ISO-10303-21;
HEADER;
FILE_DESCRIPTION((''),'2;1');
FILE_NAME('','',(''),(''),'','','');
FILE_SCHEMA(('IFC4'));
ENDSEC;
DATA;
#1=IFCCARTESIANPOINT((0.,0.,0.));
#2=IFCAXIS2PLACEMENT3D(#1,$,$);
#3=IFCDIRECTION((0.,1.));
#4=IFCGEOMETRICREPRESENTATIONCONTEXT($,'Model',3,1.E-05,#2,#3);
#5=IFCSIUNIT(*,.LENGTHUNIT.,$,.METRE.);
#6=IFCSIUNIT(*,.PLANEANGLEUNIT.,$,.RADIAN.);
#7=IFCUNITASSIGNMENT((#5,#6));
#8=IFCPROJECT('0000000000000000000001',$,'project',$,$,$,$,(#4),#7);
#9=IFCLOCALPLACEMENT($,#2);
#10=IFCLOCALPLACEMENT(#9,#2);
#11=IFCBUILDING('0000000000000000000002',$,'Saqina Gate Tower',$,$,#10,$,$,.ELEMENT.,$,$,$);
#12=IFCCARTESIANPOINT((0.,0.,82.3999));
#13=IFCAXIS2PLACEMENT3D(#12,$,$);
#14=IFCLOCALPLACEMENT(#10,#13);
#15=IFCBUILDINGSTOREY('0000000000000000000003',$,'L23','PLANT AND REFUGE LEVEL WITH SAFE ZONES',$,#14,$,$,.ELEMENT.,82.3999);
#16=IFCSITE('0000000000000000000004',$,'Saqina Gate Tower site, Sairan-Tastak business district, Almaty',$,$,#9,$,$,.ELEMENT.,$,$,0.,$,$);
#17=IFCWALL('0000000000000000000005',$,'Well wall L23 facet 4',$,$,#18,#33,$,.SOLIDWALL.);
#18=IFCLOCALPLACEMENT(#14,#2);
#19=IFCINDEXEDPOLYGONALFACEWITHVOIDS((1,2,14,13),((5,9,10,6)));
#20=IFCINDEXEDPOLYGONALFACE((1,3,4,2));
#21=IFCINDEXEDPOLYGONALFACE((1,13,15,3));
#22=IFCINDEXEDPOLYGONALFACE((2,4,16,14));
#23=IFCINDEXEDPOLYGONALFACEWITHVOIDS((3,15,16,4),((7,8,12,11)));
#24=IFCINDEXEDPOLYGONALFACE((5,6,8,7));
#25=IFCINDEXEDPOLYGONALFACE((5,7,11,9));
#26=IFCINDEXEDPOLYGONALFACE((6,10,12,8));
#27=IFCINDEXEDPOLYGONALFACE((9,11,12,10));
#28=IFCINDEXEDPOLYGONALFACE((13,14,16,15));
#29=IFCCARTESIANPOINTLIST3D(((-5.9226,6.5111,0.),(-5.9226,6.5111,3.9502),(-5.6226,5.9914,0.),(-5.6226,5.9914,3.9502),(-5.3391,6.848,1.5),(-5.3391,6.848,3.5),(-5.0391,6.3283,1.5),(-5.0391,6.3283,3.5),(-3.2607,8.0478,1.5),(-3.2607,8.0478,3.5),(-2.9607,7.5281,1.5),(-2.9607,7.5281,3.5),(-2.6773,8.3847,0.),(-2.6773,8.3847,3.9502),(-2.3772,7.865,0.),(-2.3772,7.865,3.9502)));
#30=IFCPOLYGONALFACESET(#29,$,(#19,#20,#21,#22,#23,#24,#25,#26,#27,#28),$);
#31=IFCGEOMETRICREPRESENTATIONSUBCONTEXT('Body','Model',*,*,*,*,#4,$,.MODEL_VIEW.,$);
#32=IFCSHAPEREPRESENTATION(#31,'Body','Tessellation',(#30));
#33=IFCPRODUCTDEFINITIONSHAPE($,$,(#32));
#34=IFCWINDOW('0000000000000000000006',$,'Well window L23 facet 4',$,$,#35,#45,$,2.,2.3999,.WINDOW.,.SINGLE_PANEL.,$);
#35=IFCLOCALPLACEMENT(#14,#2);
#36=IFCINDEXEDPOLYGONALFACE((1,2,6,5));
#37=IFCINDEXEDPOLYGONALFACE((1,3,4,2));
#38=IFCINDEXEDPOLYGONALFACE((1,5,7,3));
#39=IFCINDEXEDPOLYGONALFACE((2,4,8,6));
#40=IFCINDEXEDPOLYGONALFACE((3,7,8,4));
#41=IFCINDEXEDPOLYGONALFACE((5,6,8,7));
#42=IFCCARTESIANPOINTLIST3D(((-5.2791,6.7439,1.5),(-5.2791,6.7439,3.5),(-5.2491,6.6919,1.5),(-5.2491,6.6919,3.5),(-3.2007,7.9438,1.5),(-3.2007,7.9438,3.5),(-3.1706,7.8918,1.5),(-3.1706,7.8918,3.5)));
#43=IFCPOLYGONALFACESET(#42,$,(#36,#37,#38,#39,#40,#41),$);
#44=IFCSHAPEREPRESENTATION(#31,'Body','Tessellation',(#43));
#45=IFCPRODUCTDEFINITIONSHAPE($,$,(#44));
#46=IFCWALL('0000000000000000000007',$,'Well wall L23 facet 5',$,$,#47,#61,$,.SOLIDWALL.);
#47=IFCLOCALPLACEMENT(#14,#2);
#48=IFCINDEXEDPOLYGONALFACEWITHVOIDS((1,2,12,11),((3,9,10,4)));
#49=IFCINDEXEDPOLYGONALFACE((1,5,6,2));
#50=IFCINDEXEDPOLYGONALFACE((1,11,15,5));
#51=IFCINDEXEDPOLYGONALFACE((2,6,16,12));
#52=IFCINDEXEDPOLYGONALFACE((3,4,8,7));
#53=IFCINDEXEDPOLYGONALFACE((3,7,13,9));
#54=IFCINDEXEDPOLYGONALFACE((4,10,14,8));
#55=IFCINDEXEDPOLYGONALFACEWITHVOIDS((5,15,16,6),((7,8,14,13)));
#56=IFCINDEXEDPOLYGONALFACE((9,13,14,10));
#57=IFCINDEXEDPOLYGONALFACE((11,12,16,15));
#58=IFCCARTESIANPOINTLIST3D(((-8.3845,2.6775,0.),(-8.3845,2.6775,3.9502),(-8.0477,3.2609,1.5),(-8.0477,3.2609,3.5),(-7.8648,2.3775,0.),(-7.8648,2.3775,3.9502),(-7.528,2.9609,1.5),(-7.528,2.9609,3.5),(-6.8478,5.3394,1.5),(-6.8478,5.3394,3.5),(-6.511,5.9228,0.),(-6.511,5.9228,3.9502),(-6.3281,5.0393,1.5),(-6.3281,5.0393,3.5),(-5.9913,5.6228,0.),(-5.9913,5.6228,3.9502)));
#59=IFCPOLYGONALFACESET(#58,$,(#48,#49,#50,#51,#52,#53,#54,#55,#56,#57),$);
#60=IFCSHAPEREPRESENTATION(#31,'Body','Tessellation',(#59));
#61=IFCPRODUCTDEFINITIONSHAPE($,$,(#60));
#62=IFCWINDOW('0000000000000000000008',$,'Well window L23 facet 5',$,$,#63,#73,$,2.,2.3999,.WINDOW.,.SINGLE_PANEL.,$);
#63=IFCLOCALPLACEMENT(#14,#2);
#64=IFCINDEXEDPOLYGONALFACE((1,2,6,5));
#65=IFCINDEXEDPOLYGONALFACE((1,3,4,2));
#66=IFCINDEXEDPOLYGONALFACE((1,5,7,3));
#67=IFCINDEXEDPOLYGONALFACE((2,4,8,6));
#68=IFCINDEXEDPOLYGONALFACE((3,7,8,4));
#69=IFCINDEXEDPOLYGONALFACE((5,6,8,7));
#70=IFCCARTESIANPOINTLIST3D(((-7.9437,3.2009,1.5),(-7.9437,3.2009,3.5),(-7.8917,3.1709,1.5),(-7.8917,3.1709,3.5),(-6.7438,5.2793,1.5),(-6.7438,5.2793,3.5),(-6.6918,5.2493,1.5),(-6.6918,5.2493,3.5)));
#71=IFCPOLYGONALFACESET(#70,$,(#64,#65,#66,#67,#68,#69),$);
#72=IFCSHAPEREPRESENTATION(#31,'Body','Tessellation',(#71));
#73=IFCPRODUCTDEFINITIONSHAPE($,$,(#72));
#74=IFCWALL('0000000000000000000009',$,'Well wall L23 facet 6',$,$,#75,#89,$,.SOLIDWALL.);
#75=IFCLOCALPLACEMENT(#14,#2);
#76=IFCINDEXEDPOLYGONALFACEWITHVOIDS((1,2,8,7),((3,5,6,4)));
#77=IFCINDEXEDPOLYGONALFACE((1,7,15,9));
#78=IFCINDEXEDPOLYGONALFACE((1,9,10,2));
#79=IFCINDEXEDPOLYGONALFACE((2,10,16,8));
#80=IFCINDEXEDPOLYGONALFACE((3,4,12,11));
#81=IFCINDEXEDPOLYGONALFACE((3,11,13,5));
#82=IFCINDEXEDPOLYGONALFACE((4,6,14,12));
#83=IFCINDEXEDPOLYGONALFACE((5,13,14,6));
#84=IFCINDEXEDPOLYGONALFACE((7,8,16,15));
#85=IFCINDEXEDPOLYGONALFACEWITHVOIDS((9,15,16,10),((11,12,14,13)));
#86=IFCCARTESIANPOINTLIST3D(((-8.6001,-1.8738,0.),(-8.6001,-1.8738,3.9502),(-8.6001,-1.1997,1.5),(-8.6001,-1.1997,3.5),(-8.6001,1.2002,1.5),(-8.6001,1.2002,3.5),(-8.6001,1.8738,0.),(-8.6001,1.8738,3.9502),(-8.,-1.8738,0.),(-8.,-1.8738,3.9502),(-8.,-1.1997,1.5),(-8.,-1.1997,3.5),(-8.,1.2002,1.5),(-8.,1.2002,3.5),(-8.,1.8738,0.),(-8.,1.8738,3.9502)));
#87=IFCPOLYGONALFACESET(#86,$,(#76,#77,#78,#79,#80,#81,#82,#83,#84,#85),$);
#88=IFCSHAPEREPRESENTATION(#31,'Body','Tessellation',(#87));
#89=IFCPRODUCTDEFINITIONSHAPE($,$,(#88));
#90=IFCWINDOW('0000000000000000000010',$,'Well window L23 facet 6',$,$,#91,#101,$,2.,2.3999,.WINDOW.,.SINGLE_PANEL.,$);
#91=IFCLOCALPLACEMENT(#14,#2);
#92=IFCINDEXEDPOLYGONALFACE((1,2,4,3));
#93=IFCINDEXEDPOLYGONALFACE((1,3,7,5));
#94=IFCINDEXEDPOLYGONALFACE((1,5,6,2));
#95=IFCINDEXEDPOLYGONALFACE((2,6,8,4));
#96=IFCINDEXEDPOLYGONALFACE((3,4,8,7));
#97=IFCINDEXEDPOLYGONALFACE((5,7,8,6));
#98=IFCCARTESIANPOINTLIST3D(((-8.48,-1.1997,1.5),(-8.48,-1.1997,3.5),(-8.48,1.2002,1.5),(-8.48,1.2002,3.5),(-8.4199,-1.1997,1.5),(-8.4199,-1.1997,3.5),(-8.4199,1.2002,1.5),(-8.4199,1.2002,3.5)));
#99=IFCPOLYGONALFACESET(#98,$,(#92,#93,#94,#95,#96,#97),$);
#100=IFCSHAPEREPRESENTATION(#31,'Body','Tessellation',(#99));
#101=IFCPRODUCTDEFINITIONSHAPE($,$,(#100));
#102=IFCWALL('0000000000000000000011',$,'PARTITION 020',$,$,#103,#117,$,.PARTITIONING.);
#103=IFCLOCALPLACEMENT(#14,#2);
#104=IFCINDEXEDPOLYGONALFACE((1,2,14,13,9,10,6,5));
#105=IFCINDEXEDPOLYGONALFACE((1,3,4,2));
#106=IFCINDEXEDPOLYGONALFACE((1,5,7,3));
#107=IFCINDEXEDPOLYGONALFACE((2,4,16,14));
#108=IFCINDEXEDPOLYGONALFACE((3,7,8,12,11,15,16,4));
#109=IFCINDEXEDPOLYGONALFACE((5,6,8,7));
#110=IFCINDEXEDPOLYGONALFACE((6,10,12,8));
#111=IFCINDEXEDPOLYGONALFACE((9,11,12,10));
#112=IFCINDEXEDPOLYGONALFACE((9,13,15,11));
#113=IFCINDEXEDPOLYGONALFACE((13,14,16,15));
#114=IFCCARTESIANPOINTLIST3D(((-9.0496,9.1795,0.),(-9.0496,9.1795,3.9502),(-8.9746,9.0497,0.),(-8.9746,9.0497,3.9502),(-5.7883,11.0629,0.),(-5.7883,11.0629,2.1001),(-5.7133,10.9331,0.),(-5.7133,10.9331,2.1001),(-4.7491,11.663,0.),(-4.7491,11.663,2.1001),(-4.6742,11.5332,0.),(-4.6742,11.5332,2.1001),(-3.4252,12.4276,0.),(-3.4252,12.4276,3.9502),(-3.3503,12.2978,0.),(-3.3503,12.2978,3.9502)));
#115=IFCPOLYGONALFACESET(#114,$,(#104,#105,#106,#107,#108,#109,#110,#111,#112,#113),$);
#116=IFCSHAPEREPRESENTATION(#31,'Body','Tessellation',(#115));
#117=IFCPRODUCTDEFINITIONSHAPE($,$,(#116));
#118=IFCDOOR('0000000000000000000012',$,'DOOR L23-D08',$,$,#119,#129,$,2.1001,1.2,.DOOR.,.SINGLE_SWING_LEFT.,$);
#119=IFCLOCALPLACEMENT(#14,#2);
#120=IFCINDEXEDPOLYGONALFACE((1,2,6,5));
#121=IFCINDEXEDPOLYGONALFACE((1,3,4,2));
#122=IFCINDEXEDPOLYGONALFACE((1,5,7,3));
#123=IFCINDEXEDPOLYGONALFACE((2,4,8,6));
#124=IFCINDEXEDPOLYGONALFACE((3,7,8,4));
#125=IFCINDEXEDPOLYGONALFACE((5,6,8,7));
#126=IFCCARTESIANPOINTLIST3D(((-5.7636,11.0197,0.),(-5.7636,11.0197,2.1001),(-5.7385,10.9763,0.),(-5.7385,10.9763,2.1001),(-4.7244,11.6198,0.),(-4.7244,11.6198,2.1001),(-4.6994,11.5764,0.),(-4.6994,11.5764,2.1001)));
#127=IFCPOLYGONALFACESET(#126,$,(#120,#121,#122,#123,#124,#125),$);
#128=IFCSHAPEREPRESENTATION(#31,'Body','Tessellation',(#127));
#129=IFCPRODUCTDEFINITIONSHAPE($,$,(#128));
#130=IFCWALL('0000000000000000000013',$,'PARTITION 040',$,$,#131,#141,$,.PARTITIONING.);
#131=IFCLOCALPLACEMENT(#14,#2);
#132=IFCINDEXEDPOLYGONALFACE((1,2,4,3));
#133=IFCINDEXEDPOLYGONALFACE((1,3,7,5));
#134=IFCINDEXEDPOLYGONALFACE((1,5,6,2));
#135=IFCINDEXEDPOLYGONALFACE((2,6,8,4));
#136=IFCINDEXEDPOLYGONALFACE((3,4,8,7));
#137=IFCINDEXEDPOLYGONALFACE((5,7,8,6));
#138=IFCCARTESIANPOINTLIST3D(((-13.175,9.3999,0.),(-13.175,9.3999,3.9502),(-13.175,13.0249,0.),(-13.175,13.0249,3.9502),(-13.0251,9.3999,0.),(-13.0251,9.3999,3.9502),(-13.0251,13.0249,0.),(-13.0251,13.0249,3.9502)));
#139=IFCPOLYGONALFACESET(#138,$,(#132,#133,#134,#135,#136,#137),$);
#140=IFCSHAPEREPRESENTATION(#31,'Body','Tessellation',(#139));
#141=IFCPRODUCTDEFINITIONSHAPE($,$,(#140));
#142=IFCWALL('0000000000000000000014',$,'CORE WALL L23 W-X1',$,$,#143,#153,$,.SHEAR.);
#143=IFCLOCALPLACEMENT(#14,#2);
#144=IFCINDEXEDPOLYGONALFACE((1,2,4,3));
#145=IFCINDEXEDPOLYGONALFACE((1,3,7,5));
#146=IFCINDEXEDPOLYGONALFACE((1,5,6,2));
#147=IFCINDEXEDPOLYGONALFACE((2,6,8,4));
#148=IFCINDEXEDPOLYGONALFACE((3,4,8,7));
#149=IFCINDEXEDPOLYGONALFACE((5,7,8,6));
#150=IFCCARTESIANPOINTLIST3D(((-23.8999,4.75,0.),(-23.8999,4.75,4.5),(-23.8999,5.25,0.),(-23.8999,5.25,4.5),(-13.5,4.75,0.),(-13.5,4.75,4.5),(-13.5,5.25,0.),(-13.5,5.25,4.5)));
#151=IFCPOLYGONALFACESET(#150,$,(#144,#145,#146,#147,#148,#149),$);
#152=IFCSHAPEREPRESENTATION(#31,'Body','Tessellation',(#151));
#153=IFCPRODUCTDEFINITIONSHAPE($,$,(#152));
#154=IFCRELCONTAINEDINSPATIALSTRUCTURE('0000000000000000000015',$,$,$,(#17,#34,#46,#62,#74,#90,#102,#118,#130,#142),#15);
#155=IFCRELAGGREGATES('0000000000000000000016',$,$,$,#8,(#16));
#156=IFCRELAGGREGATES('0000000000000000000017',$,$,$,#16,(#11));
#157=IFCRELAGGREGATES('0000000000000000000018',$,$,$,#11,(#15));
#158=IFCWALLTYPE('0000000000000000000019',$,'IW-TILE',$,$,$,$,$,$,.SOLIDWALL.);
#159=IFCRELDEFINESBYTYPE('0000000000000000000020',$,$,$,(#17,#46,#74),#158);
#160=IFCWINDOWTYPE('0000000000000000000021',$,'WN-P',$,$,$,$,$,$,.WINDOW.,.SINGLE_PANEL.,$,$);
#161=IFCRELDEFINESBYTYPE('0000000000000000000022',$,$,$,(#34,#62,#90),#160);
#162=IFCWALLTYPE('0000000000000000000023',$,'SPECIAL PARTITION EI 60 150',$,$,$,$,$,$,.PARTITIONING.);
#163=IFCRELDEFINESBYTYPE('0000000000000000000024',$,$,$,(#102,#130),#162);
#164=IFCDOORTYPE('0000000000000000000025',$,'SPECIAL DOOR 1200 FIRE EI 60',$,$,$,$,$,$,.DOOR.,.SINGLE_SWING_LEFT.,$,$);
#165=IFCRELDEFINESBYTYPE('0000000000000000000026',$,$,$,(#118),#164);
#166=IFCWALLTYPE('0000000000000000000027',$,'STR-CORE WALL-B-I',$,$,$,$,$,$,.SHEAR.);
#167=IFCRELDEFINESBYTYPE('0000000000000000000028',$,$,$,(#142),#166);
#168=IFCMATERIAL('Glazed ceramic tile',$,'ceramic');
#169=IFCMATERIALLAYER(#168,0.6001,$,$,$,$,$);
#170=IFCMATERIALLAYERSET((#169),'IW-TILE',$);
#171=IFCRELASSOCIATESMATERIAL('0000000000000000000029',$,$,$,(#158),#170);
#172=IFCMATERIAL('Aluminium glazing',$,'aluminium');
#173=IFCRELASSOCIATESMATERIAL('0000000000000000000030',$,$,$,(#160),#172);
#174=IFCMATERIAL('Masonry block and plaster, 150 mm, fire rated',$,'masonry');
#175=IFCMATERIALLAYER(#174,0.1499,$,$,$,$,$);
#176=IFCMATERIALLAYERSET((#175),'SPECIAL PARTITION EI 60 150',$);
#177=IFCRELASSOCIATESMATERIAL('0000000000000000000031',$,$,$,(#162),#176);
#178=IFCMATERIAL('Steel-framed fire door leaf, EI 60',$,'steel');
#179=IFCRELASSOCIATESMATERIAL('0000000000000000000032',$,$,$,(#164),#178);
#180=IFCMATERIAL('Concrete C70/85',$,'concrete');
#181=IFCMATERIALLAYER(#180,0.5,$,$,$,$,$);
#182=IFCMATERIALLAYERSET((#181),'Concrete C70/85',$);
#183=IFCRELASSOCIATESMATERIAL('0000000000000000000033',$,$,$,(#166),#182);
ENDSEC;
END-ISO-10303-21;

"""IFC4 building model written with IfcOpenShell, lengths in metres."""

from ifc_helpers import new_model, si_unit, direction, frame, frame_2d, origin, place, context, subcontext, project, spatial, rectangle, extrude, material, layer, layer_set, type_object, element, fill, save


model = new_model("IFC4")

# Units and contexts
model_context = context("Model", 3, precision=1e-05, world=origin(), true_north=direction((0.0, 1.0)))
body_context = subcontext(model_context, "Body", "Model", "MODEL_VIEW")
ifc_project = project(units=[si_unit("LENGTHUNIT", "METRE"), si_unit("PLANEANGLEUNIT", "RADIAN")], contexts=[model_context])

# Site, building, storey
site_placement = place(None, origin())
site = spatial("IfcSite", under=ifc_project, at=site_placement, Name="Saqina Gate Tower site, Sairan-Tastak business district, Almaty", CompositionType="ELEMENT", RefElevation=0.0)
building_placement = place(site_placement, origin())
building = spatial("IfcBuilding", under=site, at=building_placement, Name="Saqina Gate Tower", CompositionType="ELEMENT")
storey_placement = place(building_placement, frame((0.0, 0.0, 82.3999)))
storey = spatial("IfcBuildingStorey", under=building, at=storey_placement, Name="L23", Description="PLANT AND REFUGE LEVEL WITH SAFE ZONES", CompositionType="ELEMENT", Elevation=82.3999)

# Walls, openings, windows
ifc_material_1 = material(Name="Glazed ceramic tile", Category="ceramic")
ifc_layer_1 = layer(ifc_material_1, 0.6001)
ifc_layer_set_1 = layer_set([ifc_layer_1], Name="IW-TILE")
wall_type_1 = type_object("IfcWallType", Name="IW-TILE", PredefinedType="SOLIDWALL", material=ifc_layer_set_1)
wall_1_placement = place(storey_placement, frame((-2.5273, 8.1248, 0.0), z_axis=(0.0, 0.0, 1.0), x_axis=(-0.866046, -0.499965, 0.0)))
wall_1 = element("IfcWall", 1, at=wall_1_placement, inside=storey, type_object=wall_type_1, Name="Well wall L23 facet 4", PredefinedType="SOLIDWALL", context=body_context, shape_type="SweptSolid", body=[
    extrude(rectangle(XDim=3.7473, YDim=0.6001, at=frame_2d((1.8735, 0.0))), origin(), (0.0, 0.0, 1.0), 3.9502),
])
opening_1_placement = place(wall_1_placement, frame((0.6736, 0.0, 1.5)))
opening_1 = element("IfcOpeningElement", 2, at=opening_1_placement, cuts=wall_1, PredefinedType="OPENING", context=body_context, shape_type="SweptSolid", body=[
    extrude(rectangle(XDim=2.3999, YDim=2.0, at=frame_2d((1.2, 1.0))), frame((0.0, 0.312, 0.0), z_axis=(0.0, -1.0, 0.0), x_axis=(1.0, 0.0, 0.0)), (0.0, 0.0, 1.0), 0.624),
])
ifc_material_2 = material(Name="Aluminium glazing", Category="aluminium")
window_type = type_object("IfcWindowType", Name="WN-P", PartitioningType="SINGLE_PANEL", PredefinedType="WINDOW", material=ifc_material_2)
window_1_placement = place(opening_1_placement, origin())
window_1 = element("IfcWindow", 3, at=window_1_placement, inside=storey, type_object=window_type, Name="Well window L23 facet 4", OverallHeight=2.0, OverallWidth=2.3999, PartitioningType="SINGLE_PANEL", PredefinedType="WINDOW", context=body_context, shape_type="SweptSolid", body=[
    extrude(rectangle(XDim=2.3999, YDim=2.0, at=frame_2d((1.2, 1.0))), frame((0.0, -0.1199, 0.0), z_axis=(0.0, -1.0, 0.0), x_axis=(1.0, 0.0, 0.0)), (0.0, 0.0, 1.0), 0.0601),
])
fill(opening_1, window_1)
wall_2_placement = place(storey_placement, frame((-6.2512, 5.7727, 0.0), z_axis=(0.0, 0.0, 1.0), x_axis=(-0.499965, -0.866046, 0.0)))
wall_2 = element("IfcWall", 4, at=wall_2_placement, inside=storey, type_object=wall_type_1, Name="Well wall L23 facet 5", PredefinedType="SOLIDWALL", context=body_context, shape_type="SweptSolid", body=[
    extrude(rectangle(XDim=3.7473, YDim=0.6001, at=frame_2d((1.8735, 0.0))), origin(), (0.0, 0.0, 1.0), 3.9502),
])
opening_2_placement = place(wall_2_placement, frame((0.6736, 0.0, 1.5)))
opening_2 = element("IfcOpeningElement", 5, at=opening_2_placement, cuts=wall_2, PredefinedType="OPENING", context=body_context, shape_type="SweptSolid", body=[
    extrude(rectangle(XDim=2.3999, YDim=2.0, at=frame_2d((1.2, 1.0))), frame((0.0, 0.312, 0.0), z_axis=(0.0, -1.0, 0.0), x_axis=(1.0, 0.0, 0.0)), (0.0, 0.0, 1.0), 0.624),
])
window_2_placement = place(opening_2_placement, origin())
window_2 = element("IfcWindow", 6, at=window_2_placement, inside=storey, type_object=window_type, Name="Well window L23 facet 5", OverallHeight=2.0, OverallWidth=2.3999, PartitioningType="SINGLE_PANEL", PredefinedType="WINDOW", context=body_context, shape_type="SweptSolid", body=[
    extrude(rectangle(XDim=2.3999, YDim=2.0, at=frame_2d((1.2, 1.0))), frame((0.0, -0.1199, 0.0), z_axis=(0.0, -1.0, 0.0), x_axis=(1.0, 0.0, 0.0)), (0.0, 0.0, 1.0), 0.0601),
])
fill(opening_2, window_2)
wall_3_placement = place(storey_placement, frame((-8.3, 1.8738, 0.0), z_axis=(0.0, 0.0, 1.0), x_axis=(0.0, -1.0, 0.0)))
wall_3 = element("IfcWall", 7, at=wall_3_placement, inside=storey, type_object=wall_type_1, Name="Well wall L23 facet 6", PredefinedType="SOLIDWALL", context=body_context, shape_type="SweptSolid", body=[
    extrude(rectangle(XDim=3.7476, YDim=0.6001, at=frame_2d((1.8738, 0.0))), origin(), (0.0, 0.0, 1.0), 3.9502),
])
opening_3_placement = place(wall_3_placement, frame((0.6736, 0.0, 1.5)))
opening_3 = element("IfcOpeningElement", 8, at=opening_3_placement, cuts=wall_3, PredefinedType="OPENING", context=body_context, shape_type="SweptSolid", body=[
    extrude(rectangle(XDim=2.3999, YDim=2.0, at=frame_2d((1.2, 1.0))), frame((0.0, 0.312, 0.0), z_axis=(0.0, -1.0, 0.0), x_axis=(1.0, 0.0, 0.0)), (0.0, 0.0, 1.0), 0.624),
])
window_3_placement = place(opening_3_placement, origin())
window_3 = element("IfcWindow", 9, at=window_3_placement, inside=storey, type_object=window_type, Name="Well window L23 facet 6", OverallHeight=2.0, OverallWidth=2.3999, PartitioningType="SINGLE_PANEL", PredefinedType="WINDOW", context=body_context, shape_type="SweptSolid", body=[
    extrude(rectangle(XDim=2.3999, YDim=2.0, at=frame_2d((1.2, 1.0))), frame((0.0, -0.1199, 0.0), z_axis=(0.0, -1.0, 0.0), x_axis=(1.0, 0.0, 0.0)), (0.0, 0.0, 1.0), 0.0601),
])
fill(opening_3, window_3)

# Wall, opening, door
ifc_material_3 = material(Name="Masonry block and plaster, 150 mm, fire rated", Category="masonry")
ifc_layer_2 = layer(ifc_material_3, 0.1499)
ifc_layer_set_2 = layer_set([ifc_layer_2], Name="SPECIAL PARTITION EI 60 150")
wall_type_2 = type_object("IfcWallType", Name="SPECIAL PARTITION EI 60 150", PredefinedType="PARTITIONING", material=ifc_layer_set_2)
wall_4_placement = place(storey_placement, frame((-9.0122, 9.1145, 0.0), z_axis=(0.0, 0.0, 1.0), x_axis=(0.865967, 0.500101, 0.0)))
wall_4 = element("IfcWall", 10, at=wall_4_placement, inside=storey, type_object=wall_type_2, Name="PARTITION 020", PredefinedType="PARTITIONING", context=body_context, shape_type="SweptSolid", body=[
    extrude(rectangle(XDim=6.4949, YDim=0.1499, at=frame_2d((3.2476, 0.0))), origin(), (0.0, 0.0, 1.0), 3.9502),
])
opening_4_placement = place(wall_4_placement, frame((3.7661, 0.0, 0.0)))
opening_4 = element("IfcOpeningElement", 11, at=opening_4_placement, cuts=wall_4, PredefinedType="OPENING", context=body_context, shape_type="SweptSolid", body=[
    extrude(rectangle(XDim=1.2, YDim=2.1001, at=frame_2d((0.6001, 1.05))), frame((0.0, 0.0869, 0.0), z_axis=(0.0, -1.0, 0.0), x_axis=(1.0, 0.0, 0.0)), (0.0, 0.0, 1.0), 0.1738),
])
ifc_material_4 = material(Name="Steel-framed fire door leaf, EI 60", Category="steel")
door_type_1 = type_object("IfcDoorType", Name="SPECIAL DOOR 1200 FIRE EI 60", OperationType="SINGLE_SWING_LEFT", PredefinedType="DOOR", material=ifc_material_4)
door_1_placement = place(opening_4_placement, frame((1.2, 0.0, 0.0), z_axis=(0.0, 0.0, 1.0), x_axis=(-1.0, 0.0, 0.0)))
door_1 = element("IfcDoor", 12, at=door_1_placement, inside=storey, type_object=door_type_1, Name="DOOR L23-D08", OperationType="SINGLE_SWING_LEFT", OverallHeight=2.1001, OverallWidth=1.2, PredefinedType="DOOR", context=body_context, shape_type="SweptSolid", body=[
    extrude(rectangle(XDim=1.2, YDim=2.1001, at=frame_2d((0.6001, 1.05))), frame((0.0, 0.0249, 0.0), z_axis=(0.0, -1.0, 0.0), x_axis=(1.0, 0.0, 0.0)), (0.0, 0.0, 1.0), 0.05),
])
fill(opening_4, door_1)

# Walls
wall_5_placement = place(storey_placement, frame((-13.1001, 9.3999, 0.0), z_axis=(0.0, 0.0, 1.0), x_axis=(0.0, 1.0, 0.0)))
element("IfcWall", 13, at=wall_5_placement, inside=storey, type_object=wall_type_2, Name="PARTITION 040", PredefinedType="PARTITIONING", context=body_context, shape_type="SweptSolid", body=[
    extrude(rectangle(XDim=3.625, YDim=0.1499, at=frame_2d((1.8125, 0.0))), origin(), (0.0, 0.0, 1.0), 3.9502),
])
ifc_material_5 = material(Name="Concrete C70/85", Category="concrete")
ifc_layer_3 = layer(ifc_material_5, 0.5)
ifc_layer_set_3 = layer_set([ifc_layer_3], Name="Concrete C70/85")
wall_type_3 = type_object("IfcWallType", Name="STR-CORE WALL-B-I", PredefinedType="SHEAR", material=ifc_layer_set_3)
wall_6_placement = place(storey_placement, frame((-13.5, 5.0, 0.0), z_axis=(0.0, 0.0, 1.0), x_axis=(-1.0, 0.0, 0.0)))
element("IfcWall", 14, at=wall_6_placement, inside=storey, type_object=wall_type_3, Name="CORE WALL L23 W-X1", PredefinedType="SHEAR", context=body_context, shape_type="SweptSolid", body=[
    extrude(rectangle(XDim=10.3999, YDim=0.5, at=frame_2d((5.2, 0.0))), origin(), (0.0, 0.0, 1.0), 4.5),
])

save(model, "model.ifc")
